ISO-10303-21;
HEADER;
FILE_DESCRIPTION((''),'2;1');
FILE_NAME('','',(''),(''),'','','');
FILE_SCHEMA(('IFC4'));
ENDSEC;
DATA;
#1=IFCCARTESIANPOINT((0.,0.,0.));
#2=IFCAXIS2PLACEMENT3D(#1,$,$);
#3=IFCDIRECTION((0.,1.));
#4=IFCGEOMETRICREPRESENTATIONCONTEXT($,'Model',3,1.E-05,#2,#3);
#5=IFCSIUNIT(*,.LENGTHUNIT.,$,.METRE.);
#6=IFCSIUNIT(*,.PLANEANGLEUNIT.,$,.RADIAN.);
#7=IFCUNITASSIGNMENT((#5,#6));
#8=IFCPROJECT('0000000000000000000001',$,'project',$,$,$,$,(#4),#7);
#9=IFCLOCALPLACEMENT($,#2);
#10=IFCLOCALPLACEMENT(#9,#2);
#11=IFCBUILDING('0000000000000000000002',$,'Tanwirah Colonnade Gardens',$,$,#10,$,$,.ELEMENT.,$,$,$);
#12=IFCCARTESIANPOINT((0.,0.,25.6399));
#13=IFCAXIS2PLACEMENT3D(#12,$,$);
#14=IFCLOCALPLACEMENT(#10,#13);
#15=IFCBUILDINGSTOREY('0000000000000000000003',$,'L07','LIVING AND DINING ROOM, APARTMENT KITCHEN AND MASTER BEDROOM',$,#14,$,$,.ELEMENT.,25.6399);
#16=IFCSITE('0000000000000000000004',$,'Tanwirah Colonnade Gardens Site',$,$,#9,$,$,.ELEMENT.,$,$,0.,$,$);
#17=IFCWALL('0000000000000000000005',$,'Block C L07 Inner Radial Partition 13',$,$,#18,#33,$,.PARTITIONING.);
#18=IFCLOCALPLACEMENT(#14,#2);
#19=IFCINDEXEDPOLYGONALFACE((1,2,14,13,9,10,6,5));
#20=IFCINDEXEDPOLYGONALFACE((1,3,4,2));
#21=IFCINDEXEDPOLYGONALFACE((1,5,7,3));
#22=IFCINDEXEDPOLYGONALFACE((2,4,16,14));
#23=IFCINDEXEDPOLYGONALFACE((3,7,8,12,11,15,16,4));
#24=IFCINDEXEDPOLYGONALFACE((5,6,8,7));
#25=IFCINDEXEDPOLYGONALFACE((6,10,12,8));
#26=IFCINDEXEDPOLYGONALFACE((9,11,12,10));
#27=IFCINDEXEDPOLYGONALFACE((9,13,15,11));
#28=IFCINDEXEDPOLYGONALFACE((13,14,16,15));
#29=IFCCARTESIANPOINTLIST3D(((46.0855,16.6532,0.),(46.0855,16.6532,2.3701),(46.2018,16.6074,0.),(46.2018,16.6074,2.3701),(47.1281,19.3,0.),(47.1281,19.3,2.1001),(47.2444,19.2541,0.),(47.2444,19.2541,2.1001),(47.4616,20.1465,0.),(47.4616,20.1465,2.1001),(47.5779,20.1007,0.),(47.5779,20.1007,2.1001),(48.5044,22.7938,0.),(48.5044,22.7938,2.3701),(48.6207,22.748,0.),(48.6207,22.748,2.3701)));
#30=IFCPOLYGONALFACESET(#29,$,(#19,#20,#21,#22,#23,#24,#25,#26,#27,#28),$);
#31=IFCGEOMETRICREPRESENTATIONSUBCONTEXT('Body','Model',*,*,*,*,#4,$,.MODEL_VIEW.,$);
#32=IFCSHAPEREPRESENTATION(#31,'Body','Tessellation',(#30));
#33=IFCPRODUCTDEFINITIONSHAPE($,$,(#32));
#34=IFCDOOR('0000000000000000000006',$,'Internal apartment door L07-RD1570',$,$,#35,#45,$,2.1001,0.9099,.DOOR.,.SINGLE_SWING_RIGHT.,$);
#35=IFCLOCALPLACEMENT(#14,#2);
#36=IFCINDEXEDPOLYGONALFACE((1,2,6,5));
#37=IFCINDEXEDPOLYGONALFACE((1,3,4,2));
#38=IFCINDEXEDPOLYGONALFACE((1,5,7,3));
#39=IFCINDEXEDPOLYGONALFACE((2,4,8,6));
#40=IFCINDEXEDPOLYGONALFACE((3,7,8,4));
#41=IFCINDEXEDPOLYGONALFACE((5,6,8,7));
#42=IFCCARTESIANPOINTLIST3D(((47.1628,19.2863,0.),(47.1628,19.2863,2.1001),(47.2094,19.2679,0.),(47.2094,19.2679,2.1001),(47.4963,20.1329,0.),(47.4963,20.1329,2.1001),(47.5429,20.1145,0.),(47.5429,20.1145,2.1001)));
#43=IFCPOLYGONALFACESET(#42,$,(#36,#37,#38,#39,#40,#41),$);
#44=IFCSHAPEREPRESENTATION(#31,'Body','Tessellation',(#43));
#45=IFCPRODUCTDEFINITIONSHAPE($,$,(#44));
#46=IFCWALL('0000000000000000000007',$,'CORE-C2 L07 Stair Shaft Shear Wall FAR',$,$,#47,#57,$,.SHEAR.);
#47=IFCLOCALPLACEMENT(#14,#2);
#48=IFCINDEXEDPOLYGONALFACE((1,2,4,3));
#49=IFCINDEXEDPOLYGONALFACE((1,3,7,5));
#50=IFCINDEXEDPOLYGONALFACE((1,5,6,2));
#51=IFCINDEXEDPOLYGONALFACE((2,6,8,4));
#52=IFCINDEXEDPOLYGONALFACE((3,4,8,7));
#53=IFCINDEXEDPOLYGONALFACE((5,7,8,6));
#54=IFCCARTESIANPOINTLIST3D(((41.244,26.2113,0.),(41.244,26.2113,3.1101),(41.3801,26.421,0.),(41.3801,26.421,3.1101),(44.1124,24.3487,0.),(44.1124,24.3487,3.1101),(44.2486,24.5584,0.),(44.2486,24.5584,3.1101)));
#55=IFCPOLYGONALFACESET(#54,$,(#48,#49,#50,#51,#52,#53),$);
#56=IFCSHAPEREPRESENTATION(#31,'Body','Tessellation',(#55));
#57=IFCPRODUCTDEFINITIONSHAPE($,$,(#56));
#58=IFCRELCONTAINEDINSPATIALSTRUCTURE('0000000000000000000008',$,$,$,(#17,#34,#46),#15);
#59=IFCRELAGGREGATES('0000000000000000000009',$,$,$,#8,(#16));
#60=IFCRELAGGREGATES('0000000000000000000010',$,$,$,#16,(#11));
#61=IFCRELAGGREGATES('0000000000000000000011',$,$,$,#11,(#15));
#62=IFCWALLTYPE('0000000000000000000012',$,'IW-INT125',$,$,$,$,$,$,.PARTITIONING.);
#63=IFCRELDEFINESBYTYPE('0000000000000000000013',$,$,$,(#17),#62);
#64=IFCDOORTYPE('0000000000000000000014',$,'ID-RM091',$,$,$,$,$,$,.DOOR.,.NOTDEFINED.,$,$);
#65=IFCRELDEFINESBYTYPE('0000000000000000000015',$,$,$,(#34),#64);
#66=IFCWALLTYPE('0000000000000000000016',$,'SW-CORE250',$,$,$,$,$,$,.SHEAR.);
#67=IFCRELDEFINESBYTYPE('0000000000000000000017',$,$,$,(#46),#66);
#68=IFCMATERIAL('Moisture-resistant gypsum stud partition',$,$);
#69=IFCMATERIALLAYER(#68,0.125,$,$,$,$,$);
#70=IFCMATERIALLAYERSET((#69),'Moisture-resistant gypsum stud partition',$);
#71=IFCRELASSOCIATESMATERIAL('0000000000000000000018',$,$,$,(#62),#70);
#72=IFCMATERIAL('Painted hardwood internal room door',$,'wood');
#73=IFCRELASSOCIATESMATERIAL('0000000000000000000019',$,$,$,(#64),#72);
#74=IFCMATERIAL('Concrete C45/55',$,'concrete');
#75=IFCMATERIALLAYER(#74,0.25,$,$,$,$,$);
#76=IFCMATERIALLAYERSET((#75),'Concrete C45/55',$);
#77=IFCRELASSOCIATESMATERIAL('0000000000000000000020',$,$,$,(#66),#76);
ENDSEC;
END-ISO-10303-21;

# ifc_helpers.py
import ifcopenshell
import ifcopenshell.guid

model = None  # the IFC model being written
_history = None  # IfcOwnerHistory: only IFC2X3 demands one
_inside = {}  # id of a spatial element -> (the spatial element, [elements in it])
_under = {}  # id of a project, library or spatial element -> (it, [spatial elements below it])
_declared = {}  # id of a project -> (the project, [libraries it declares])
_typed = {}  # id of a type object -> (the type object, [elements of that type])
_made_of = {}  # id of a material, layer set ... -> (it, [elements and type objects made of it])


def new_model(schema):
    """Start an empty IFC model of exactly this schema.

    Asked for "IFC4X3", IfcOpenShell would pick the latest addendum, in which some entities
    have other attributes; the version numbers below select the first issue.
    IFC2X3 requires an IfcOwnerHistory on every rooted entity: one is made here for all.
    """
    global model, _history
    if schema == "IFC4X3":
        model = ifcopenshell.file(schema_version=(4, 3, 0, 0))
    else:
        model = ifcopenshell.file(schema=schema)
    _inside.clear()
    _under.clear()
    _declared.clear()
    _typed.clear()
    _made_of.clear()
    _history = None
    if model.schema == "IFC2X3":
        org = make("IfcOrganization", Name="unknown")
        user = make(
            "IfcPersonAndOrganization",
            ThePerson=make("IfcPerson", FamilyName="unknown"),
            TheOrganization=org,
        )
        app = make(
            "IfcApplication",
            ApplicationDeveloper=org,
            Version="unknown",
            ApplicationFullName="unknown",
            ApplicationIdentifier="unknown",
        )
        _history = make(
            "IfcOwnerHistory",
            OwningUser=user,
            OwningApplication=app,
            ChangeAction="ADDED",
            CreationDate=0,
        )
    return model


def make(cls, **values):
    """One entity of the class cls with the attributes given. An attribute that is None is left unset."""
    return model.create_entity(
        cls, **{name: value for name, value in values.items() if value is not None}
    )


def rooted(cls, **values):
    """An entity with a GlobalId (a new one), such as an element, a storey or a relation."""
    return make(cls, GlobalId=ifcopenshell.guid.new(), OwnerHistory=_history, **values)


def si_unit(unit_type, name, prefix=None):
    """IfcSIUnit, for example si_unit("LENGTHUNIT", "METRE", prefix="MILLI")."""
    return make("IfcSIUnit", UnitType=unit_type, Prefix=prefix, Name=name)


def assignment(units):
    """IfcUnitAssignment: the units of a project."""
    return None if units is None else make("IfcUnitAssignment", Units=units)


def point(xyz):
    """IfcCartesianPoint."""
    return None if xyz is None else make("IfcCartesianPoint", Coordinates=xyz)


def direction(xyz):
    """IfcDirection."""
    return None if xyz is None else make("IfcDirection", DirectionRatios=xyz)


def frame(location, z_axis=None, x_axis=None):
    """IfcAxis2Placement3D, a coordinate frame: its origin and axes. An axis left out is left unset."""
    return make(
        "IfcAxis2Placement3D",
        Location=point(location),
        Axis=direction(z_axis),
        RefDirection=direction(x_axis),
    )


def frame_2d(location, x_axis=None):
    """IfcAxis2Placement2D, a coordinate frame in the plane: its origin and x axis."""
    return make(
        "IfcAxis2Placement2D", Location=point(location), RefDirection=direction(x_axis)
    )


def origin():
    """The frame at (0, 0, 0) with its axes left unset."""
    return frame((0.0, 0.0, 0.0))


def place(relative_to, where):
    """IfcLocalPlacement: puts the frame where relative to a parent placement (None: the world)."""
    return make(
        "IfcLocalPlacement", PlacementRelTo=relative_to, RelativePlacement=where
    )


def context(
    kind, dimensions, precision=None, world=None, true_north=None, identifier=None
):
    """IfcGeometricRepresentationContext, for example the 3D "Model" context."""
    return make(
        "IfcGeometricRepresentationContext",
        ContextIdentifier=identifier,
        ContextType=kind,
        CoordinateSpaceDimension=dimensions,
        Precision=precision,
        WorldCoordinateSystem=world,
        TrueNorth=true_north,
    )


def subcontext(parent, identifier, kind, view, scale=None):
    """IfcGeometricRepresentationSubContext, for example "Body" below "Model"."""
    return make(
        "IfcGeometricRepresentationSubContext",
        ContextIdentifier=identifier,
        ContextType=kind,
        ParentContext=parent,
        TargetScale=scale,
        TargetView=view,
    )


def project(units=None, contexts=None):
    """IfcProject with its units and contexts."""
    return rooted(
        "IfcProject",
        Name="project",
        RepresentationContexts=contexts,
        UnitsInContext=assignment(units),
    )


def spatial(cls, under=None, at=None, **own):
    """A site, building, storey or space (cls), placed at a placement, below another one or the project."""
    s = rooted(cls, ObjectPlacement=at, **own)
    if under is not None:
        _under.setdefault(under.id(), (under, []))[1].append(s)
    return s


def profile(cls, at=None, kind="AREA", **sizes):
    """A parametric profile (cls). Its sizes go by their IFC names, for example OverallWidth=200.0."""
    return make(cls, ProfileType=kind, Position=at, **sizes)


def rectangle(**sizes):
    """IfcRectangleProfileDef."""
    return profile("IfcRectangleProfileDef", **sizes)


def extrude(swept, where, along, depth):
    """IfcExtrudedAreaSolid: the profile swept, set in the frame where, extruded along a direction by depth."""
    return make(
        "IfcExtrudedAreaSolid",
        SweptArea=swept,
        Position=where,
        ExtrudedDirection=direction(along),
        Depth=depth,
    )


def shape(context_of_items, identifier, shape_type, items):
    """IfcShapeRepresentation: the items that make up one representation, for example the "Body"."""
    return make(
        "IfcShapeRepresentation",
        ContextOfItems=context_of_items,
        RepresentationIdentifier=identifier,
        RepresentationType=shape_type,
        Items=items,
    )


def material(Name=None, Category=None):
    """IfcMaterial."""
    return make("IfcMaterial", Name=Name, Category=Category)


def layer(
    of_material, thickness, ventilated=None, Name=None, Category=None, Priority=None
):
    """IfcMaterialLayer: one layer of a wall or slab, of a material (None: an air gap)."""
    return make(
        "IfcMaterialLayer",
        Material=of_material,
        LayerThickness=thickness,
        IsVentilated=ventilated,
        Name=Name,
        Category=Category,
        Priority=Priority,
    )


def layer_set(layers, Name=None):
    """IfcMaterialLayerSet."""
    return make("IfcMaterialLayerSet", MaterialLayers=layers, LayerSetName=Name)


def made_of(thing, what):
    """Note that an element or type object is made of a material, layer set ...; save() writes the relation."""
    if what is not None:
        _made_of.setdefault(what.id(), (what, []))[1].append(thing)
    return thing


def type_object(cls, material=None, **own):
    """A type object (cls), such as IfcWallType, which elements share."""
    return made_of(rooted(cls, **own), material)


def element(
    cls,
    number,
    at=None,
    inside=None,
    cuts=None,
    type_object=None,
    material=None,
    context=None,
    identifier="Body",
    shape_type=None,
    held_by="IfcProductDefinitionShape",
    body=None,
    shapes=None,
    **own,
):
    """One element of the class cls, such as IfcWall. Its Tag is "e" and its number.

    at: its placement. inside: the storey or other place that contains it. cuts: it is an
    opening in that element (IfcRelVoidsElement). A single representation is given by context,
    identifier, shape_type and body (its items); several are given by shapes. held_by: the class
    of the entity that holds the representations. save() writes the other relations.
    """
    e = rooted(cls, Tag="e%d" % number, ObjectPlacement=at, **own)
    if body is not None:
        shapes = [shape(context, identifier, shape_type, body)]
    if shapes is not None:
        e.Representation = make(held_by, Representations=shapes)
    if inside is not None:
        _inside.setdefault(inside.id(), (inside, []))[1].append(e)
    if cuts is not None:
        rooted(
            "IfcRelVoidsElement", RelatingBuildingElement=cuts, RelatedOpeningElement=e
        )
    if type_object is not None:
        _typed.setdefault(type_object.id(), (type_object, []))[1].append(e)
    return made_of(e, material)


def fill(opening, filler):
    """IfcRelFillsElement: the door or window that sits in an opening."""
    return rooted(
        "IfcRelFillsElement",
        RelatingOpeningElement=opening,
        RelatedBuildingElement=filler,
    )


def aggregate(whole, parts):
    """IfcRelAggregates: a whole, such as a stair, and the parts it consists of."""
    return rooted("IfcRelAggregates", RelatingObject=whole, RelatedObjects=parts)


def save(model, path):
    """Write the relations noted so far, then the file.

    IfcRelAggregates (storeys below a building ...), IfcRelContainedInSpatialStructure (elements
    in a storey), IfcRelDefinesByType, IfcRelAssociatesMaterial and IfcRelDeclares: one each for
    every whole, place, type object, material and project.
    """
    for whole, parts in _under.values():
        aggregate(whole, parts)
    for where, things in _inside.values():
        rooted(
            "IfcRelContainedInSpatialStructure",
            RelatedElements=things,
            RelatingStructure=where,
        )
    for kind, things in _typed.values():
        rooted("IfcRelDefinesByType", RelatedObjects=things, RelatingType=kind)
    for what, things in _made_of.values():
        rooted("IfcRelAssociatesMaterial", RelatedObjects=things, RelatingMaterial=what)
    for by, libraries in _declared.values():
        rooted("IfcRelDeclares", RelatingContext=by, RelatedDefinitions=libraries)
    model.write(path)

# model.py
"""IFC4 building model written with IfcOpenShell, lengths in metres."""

from ifc_helpers import new_model, si_unit, direction, frame, frame_2d, origin, place, context, subcontext, project, spatial, rectangle, extrude, material, layer, layer_set, type_object, element, fill, save


model = new_model("IFC4")

# Units and contexts
model_context = context("Model", 3, precision=1e-05, world=origin(), true_north=direction((0.0, 1.0)))
body_context = subcontext(model_context, "Body", "Model", "MODEL_VIEW")
ifc_project = project(units=[si_unit("LENGTHUNIT", "METRE"), si_unit("PLANEANGLEUNIT", "RADIAN")], contexts=[model_context])

# Site, building, storey
site_placement = place(None, origin())
site = spatial("IfcSite", under=ifc_project, at=site_placement, Name="Tanwirah Colonnade Gardens Site", CompositionType="ELEMENT", RefElevation=0.0)
building_placement = place(site_placement, origin())
building = spatial("IfcBuilding", under=site, at=building_placement, Name="Tanwirah Colonnade Gardens", CompositionType="ELEMENT")
storey_placement = place(building_placement, frame((0.0, 0.0, 25.6399)))
storey = spatial("IfcBuildingStorey", under=building, at=storey_placement, Name="L07", Description="LIVING AND DINING ROOM, APARTMENT KITCHEN AND MASTER BEDROOM", CompositionType="ELEMENT", Elevation=25.6399)

# Wall, opening, door
ifc_material_1 = material(Name="Moisture-resistant gypsum stud partition")
ifc_layer_1 = layer(ifc_material_1, 0.125)
ifc_layer_set_1 = layer_set([ifc_layer_1], Name="Moisture-resistant gypsum stud partition")
wall_type_1 = type_object("IfcWallType", Name="IW-INT125", PredefinedType="PARTITIONING", material=ifc_layer_set_1)
wall_1_placement = place(storey_placement, frame((48.5625, 22.7708, 0.0), z_axis=(0.0, 0.0, 1.0), x_axis=(-0.366513, -0.930413, 0.0)))
wall_1 = element("IfcWall", 1, at=wall_1_placement, inside=storey, type_object=wall_type_1, Name="Block C L07 Inner Radial Partition 13", PredefinedType="PARTITIONING", context=body_context, shape_type="SweptSolid", body=[
    extrude(rectangle(XDim=6.5999, YDim=0.125, at=frame_2d((3.2998, 0.0))), origin(), (0.0, 0.0, 1.0), 2.3701),
])
opening_1_placement = place(wall_1_placement, frame((2.845, 0.0, 0.0)))
opening_1 = element("IfcOpeningElement", 2, at=opening_1_placement, cuts=wall_1, PredefinedType="OPENING", context=body_context, shape_type="SweptSolid", body=[
    extrude(rectangle(XDim=0.9099, YDim=2.1001, at=frame_2d((0.4551, 1.05))), frame((0.0, 0.0725, 0.0), z_axis=(0.0, -1.0, 0.0), x_axis=(1.0, 0.0, 0.0)), (0.0, 0.0, 1.0), 0.145),
])
ifc_material_2 = material(Name="Painted hardwood internal room door", Category="wood")
door_type_1 = type_object("IfcDoorType", Name="ID-RM091", OperationType="NOTDEFINED", PredefinedType="DOOR", material=ifc_material_2)
door_1_placement = place(opening_1_placement, origin())
door_1 = element("IfcDoor", 3, at=door_1_placement, inside=storey, type_object=door_type_1, Name="Internal apartment door L07-RD1570", OperationType="SINGLE_SWING_RIGHT", OverallHeight=2.1001, OverallWidth=0.9099, PredefinedType="DOOR", context=body_context, shape_type="SweptSolid", body=[
    extrude(rectangle(XDim=0.9099, YDim=2.1001, at=frame_2d((0.4551, 1.05))), frame((0.0, 0.0249, 0.0), z_axis=(0.0, -1.0, 0.0), x_axis=(1.0, 0.0, 0.0)), (0.0, 0.0, 1.0), 0.05),
])
fill(opening_1, door_1)

# Wall
ifc_material_3 = material(Name="Concrete C45/55", Category="concrete")
ifc_layer_2 = layer(ifc_material_3, 0.25)
ifc_layer_set_2 = layer_set([ifc_layer_2], Name="Concrete C45/55")
wall_type_2 = type_object("IfcWallType", Name="SW-CORE250", PredefinedType="SHEAR", material=ifc_layer_set_2)
wall_2_placement = place(storey_placement, frame((44.1804, 24.4536, 0.0), z_axis=(0.0, 0.0, 1.0), x_axis=(-0.8387, 0.544594, 0.0)))
element("IfcWall", 4, at=wall_2_placement, inside=storey, type_object=wall_type_2, Name="CORE-C2 L07 Stair Shaft Shear Wall FAR", PredefinedType="SHEAR", context=body_context, shape_type="SweptSolid", body=[
    extrude(rectangle(XDim=3.4202, YDim=0.25, at=frame_2d((1.71, 0.0))), origin(), (0.0, 0.0, 1.0), 3.1101),
])

save(model, "model.ifc")
